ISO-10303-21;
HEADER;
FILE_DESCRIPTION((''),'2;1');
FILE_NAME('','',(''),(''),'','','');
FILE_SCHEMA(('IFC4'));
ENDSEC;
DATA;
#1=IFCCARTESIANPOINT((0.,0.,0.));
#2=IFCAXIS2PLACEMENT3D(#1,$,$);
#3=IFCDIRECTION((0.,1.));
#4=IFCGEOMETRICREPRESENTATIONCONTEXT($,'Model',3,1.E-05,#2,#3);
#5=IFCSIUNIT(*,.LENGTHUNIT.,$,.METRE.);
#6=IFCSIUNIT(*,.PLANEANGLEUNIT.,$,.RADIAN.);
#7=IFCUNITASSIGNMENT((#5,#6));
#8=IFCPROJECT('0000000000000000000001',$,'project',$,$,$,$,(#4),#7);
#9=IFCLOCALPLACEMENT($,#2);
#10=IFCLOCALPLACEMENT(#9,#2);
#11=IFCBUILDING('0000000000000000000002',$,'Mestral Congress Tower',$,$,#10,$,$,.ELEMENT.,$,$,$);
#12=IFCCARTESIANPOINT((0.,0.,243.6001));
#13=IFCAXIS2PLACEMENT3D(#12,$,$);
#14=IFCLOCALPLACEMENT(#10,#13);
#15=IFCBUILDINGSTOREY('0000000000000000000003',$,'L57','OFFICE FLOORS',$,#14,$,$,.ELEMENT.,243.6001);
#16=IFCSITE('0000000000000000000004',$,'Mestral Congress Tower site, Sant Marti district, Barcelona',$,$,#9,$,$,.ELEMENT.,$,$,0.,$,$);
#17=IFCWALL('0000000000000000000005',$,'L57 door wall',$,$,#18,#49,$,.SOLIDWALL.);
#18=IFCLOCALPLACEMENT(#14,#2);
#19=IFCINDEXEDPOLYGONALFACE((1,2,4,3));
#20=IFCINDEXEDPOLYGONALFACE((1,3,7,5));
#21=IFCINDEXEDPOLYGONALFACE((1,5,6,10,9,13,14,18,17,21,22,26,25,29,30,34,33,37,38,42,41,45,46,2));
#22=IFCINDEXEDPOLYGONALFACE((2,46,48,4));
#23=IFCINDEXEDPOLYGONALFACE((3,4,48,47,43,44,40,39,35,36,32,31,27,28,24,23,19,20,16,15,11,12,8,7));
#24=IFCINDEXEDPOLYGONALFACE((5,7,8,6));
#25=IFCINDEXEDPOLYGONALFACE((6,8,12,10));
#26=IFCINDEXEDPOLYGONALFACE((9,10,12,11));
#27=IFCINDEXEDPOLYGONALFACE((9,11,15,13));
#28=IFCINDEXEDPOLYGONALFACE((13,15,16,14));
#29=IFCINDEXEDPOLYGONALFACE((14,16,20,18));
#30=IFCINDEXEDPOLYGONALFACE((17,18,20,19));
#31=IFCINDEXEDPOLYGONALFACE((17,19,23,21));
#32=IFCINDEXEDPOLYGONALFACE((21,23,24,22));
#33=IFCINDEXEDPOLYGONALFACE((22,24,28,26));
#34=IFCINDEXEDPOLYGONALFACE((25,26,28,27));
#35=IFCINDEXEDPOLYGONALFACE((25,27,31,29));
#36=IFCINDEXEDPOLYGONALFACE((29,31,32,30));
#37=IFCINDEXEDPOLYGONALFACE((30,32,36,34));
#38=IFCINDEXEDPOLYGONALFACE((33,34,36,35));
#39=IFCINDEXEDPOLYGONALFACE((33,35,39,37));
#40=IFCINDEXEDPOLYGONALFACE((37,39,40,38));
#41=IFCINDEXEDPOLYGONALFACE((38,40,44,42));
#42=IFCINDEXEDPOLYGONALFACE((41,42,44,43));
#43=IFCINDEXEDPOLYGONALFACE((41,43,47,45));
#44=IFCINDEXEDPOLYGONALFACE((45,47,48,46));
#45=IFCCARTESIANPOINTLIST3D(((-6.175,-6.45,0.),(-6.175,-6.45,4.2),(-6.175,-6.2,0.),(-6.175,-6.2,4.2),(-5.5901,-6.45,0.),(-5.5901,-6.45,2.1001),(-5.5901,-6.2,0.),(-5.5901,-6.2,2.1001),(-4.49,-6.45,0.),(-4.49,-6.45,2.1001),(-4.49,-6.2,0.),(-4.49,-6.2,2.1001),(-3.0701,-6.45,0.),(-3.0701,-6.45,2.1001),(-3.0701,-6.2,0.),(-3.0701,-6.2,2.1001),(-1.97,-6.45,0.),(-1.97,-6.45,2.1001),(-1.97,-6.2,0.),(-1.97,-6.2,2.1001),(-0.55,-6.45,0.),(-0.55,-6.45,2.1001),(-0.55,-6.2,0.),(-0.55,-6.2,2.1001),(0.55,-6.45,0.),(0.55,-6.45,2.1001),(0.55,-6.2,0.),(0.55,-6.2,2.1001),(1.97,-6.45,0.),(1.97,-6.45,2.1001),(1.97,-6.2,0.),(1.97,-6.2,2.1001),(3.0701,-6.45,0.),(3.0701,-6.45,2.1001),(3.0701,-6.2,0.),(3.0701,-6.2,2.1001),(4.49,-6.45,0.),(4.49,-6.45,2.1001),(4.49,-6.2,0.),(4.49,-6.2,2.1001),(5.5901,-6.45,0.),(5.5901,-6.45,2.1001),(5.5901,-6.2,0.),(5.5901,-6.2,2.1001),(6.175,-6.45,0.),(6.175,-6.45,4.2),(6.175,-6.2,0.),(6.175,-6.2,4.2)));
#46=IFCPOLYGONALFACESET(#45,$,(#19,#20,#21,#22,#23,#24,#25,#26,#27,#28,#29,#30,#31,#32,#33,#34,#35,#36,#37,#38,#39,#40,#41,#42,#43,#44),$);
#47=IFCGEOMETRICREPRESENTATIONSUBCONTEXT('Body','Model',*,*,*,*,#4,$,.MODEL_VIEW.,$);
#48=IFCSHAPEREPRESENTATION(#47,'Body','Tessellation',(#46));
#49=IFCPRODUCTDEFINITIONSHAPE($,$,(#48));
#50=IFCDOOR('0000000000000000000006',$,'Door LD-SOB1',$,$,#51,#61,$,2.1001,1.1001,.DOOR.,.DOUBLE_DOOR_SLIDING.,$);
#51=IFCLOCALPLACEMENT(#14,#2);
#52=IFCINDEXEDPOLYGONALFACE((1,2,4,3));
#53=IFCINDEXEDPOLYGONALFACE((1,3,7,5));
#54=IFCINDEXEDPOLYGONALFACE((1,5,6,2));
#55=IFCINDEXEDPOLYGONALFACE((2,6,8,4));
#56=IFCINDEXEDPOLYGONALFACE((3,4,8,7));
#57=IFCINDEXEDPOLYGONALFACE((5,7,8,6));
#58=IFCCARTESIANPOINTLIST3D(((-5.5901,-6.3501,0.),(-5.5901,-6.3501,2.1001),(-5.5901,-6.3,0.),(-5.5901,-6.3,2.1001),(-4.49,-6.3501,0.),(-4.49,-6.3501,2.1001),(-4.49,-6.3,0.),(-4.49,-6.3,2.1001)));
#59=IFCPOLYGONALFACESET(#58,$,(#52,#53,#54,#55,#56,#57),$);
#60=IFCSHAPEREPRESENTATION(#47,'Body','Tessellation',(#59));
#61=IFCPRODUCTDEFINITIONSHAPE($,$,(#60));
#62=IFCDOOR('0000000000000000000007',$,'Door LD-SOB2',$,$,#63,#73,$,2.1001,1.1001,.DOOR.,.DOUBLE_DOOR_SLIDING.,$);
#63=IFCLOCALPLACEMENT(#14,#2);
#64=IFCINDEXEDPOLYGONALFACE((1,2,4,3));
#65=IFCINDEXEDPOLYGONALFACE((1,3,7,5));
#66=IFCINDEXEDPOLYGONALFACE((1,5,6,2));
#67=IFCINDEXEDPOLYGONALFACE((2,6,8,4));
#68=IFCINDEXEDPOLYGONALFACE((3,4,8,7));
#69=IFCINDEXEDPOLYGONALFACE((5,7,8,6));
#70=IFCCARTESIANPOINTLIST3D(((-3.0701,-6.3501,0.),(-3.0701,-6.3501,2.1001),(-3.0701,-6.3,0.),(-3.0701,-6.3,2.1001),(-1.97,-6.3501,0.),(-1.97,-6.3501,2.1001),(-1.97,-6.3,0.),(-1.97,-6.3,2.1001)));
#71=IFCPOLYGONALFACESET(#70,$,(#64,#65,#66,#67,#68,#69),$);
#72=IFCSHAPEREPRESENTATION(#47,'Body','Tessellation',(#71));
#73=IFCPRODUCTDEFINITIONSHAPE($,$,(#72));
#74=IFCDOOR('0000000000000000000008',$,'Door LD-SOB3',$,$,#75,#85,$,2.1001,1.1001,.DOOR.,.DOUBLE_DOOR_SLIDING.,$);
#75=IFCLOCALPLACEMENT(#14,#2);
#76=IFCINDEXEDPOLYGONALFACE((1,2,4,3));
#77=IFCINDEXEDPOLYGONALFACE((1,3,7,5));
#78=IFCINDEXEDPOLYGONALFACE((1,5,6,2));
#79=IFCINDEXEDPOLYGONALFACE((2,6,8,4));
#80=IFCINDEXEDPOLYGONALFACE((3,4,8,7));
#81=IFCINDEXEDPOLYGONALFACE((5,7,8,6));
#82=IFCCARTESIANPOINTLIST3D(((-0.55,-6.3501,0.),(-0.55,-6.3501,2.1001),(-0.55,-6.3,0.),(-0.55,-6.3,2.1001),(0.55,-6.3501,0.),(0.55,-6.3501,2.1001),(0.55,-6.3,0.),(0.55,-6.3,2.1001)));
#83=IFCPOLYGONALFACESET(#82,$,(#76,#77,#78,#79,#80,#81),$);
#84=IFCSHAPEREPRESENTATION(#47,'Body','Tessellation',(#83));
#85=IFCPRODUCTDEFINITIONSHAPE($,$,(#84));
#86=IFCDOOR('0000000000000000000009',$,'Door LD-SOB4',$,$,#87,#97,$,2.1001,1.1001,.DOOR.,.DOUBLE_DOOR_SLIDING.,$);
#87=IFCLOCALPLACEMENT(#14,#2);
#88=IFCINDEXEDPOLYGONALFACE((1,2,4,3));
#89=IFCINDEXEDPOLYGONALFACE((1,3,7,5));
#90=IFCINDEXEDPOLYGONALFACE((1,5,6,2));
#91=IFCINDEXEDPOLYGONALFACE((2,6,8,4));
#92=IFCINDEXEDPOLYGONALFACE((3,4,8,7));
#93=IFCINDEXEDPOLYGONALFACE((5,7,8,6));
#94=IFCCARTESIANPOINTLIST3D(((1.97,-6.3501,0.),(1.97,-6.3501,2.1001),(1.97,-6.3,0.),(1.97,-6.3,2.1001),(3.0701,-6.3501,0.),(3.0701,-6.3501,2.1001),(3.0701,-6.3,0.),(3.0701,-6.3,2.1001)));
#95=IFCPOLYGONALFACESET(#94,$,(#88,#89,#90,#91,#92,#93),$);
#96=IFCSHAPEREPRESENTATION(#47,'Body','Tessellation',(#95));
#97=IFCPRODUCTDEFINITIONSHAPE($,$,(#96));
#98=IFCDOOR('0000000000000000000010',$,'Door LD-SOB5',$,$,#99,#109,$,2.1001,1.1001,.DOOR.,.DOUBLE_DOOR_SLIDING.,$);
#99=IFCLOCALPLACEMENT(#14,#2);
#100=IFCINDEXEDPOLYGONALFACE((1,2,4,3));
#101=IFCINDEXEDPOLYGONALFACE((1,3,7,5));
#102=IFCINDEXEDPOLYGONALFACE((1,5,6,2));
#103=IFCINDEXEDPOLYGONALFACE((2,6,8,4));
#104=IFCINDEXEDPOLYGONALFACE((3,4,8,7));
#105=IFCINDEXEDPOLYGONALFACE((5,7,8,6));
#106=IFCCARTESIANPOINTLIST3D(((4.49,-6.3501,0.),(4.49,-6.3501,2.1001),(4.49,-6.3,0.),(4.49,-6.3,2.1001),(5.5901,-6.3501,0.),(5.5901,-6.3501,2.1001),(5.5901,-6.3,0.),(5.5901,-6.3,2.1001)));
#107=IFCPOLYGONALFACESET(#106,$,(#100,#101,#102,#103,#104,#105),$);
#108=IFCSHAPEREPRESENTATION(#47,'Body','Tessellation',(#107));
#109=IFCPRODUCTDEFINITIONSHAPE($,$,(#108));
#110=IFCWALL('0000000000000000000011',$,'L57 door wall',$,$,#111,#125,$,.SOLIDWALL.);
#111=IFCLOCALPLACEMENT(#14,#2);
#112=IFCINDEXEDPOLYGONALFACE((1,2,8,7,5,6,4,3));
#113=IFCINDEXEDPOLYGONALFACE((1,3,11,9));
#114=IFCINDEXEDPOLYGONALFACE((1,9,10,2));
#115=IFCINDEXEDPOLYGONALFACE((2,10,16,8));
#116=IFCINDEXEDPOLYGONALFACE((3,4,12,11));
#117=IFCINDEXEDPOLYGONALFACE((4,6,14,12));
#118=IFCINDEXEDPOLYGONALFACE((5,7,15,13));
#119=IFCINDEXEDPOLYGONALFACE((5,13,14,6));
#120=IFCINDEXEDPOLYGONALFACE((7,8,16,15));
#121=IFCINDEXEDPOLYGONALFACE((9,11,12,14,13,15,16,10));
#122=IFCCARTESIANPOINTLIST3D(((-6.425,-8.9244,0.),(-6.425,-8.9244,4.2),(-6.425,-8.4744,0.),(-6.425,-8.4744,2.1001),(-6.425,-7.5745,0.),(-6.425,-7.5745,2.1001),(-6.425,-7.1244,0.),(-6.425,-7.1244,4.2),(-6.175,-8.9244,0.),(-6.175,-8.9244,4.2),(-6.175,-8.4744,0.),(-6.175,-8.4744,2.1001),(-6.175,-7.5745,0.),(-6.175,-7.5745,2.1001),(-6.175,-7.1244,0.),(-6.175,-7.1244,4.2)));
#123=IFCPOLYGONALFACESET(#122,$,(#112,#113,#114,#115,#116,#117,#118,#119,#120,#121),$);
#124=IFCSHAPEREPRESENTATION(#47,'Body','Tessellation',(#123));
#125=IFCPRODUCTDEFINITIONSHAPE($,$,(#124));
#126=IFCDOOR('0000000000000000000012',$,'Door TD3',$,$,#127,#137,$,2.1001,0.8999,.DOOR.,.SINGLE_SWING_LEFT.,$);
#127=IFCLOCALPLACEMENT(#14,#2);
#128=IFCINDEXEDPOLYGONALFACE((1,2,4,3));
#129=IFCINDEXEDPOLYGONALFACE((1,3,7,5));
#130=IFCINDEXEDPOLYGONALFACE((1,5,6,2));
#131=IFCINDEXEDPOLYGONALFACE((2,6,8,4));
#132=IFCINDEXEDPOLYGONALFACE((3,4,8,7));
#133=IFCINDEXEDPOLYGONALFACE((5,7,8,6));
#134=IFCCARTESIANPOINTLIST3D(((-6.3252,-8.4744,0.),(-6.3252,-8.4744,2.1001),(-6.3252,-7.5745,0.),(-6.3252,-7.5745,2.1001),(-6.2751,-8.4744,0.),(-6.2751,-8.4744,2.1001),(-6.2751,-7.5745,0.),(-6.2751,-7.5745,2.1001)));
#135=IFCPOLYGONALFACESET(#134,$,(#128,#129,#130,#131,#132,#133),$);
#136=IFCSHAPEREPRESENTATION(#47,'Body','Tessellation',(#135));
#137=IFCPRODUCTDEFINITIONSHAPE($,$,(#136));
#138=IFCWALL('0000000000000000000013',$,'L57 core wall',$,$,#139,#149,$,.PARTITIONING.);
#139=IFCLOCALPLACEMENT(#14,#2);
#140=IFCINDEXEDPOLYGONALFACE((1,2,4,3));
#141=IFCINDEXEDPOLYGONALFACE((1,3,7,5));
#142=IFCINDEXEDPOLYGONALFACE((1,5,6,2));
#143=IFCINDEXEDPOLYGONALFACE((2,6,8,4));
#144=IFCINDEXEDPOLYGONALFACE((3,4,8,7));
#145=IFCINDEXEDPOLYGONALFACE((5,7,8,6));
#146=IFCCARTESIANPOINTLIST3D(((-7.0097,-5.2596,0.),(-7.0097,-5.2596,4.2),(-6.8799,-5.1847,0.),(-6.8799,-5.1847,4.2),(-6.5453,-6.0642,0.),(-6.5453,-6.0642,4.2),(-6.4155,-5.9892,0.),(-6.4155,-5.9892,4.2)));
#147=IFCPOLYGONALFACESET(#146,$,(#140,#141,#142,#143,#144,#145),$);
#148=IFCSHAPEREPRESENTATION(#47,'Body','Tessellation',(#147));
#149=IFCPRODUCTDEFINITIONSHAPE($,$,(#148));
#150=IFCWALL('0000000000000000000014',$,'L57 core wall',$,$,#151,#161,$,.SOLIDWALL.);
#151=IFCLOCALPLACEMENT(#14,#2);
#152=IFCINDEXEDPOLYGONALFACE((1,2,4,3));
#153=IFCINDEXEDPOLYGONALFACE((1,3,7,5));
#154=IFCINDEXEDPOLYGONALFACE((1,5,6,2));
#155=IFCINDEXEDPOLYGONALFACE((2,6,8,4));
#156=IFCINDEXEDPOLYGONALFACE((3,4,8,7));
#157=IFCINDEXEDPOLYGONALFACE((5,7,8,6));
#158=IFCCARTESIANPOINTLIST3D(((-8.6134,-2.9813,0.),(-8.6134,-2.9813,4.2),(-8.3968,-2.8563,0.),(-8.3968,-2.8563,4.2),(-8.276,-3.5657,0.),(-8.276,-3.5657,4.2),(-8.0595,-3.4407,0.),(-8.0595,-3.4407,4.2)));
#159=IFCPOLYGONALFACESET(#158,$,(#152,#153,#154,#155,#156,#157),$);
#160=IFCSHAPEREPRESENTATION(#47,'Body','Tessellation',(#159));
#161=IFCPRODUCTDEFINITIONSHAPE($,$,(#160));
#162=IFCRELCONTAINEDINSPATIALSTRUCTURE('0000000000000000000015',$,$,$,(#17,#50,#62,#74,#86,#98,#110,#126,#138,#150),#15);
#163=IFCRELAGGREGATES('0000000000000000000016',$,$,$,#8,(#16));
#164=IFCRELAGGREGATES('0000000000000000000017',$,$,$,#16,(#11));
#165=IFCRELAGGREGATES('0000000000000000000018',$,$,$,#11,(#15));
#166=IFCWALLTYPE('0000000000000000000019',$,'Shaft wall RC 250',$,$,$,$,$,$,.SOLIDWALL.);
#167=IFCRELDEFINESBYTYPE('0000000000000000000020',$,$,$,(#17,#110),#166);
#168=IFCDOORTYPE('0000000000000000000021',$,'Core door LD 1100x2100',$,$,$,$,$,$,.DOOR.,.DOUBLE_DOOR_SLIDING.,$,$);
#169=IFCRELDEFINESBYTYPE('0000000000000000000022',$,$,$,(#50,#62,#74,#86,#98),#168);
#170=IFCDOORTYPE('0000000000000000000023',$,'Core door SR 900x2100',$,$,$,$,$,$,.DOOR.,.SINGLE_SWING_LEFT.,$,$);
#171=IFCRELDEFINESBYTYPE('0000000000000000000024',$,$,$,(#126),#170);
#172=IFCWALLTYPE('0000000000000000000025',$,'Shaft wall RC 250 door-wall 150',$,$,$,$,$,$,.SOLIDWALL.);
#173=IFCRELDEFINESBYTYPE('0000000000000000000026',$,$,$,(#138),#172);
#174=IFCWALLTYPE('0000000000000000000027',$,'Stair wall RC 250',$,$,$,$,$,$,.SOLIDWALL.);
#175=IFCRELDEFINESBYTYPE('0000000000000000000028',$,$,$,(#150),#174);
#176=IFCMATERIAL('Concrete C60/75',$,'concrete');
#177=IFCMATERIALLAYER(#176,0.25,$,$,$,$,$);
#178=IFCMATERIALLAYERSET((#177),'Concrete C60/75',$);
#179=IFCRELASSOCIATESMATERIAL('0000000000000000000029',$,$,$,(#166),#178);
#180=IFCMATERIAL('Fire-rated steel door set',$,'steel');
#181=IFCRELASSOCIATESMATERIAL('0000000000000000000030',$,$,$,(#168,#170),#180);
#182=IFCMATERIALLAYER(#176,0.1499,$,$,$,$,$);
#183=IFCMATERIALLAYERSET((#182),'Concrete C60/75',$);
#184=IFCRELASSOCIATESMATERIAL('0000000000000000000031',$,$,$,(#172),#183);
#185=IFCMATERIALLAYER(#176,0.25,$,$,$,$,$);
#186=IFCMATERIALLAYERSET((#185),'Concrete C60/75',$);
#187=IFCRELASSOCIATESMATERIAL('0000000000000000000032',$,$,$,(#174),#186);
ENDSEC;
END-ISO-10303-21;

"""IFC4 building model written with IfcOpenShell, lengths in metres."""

from ifc_helpers import new_model, si_unit, direction, frame, frame_2d, origin, place, context, subcontext, project, spatial, rectangle, extrude, material, layer, layer_set, type_object, element, fill, save


model = new_model("IFC4")

# Units and contexts
model_context = context("Model", 3, precision=1e-05, world=origin(), true_north=direction((0.0, 1.0)))
body_context = subcontext(model_context, "Body", "Model", "MODEL_VIEW")
ifc_project = project(units=[si_unit("LENGTHUNIT", "METRE"), si_unit("PLANEANGLEUNIT", "RADIAN")], contexts=[model_context])

# Site, building, storey
site_placement = place(None, origin())
site = spatial("IfcSite", under=ifc_project, at=site_placement, Name="Mestral Congress Tower site, Sant Marti district, Barcelona", CompositionType="ELEMENT", RefElevation=0.0)
building_placement = place(site_placement, origin())
building = spatial("IfcBuilding", under=site, at=building_placement, Name="Mestral Congress Tower", CompositionType="ELEMENT")
storey_placement = place(building_placement, frame((0.0, 0.0, 243.6001)))
storey = spatial("IfcBuildingStorey", under=building, at=storey_placement, Name="L57", Description="OFFICE FLOORS", CompositionType="ELEMENT", Elevation=243.6001)

# Shared definitions
ifc_material_1 = material(Name="Fire-rated steel door set", Category="steel")

# Shared definitions
ifc_material_2 = material(Name="Concrete C60/75", Category="concrete")
ifc_layer_1 = layer(ifc_material_2, 0.25)
ifc_layer_set_1 = layer_set([ifc_layer_1], Name="Concrete C60/75")
wall_type_1 = type_object("IfcWallType", Name="Shaft wall RC 250", PredefinedType="SOLIDWALL", material=ifc_layer_set_1)

# Wall, openings, doors
wall_1_placement = place(storey_placement, frame((-6.175, -6.325, 0.0), z_axis=(0.0, 0.0, 1.0), x_axis=(1.0, 0.0, 0.0)))
wall_1 = element("IfcWall", 1, at=wall_1_placement, inside=storey, type_object=wall_type_1, Name="L57 door wall", PredefinedType="SOLIDWALL", context=body_context, shape_type="SweptSolid", body=[
    extrude(rectangle(XDim=12.3501, YDim=0.25, at=frame_2d((6.175, 0.0))), origin(), (0.0, 0.0, 1.0), 4.2),
])
opening_1_placement = place(wall_1_placement, frame((0.585, 0.0, 0.0)))
opening_1 = element("IfcOpeningElement", 2, at=opening_1_placement, cuts=wall_1, PredefinedType="OPENING", context=body_context, shape_type="SweptSolid", body=[
    extrude(rectangle(XDim=1.1001, YDim=2.1001, at=frame_2d((0.55, 1.05))), frame((0.0, 0.135, 0.0), z_axis=(0.0, -1.0, 0.0), x_axis=(1.0, 0.0, 0.0)), (0.0, 0.0, 1.0), 0.27),
])
opening_2_placement = place(wall_1_placement, frame((3.105, 0.0, 0.0)))
opening_2 = element("IfcOpeningElement", 3, at=opening_2_placement, cuts=wall_1, PredefinedType="OPENING", context=body_context, shape_type="SweptSolid", body=[
    extrude(rectangle(XDim=1.1001, YDim=2.1001, at=frame_2d((0.55, 1.05))), frame((0.0, 0.135, 0.0), z_axis=(0.0, -1.0, 0.0), x_axis=(1.0, 0.0, 0.0)), (0.0, 0.0, 1.0), 0.27),
])
opening_3_placement = place(wall_1_placement, frame((5.625, 0.0, 0.0)))
opening_3 = element("IfcOpeningElement", 4, at=opening_3_placement, cuts=wall_1, PredefinedType="OPENING", context=body_context, shape_type="SweptSolid", body=[
    extrude(rectangle(XDim=1.1001, YDim=2.1001, at=frame_2d((0.55, 1.05))), frame((0.0, 0.135, 0.0), z_axis=(0.0, -1.0, 0.0), x_axis=(1.0, 0.0, 0.0)), (0.0, 0.0, 1.0), 0.27),
])
opening_4_placement = place(wall_1_placement, frame((8.145, 0.0, 0.0)))
opening_4 = element("IfcOpeningElement", 5, at=opening_4_placement, cuts=wall_1, PredefinedType="OPENING", context=body_context, shape_type="SweptSolid", body=[
    extrude(rectangle(XDim=1.1001, YDim=2.1001, at=frame_2d((0.55, 1.05))), frame((0.0, 0.135, 0.0), z_axis=(0.0, -1.0, 0.0), x_axis=(1.0, 0.0, 0.0)), (0.0, 0.0, 1.0), 0.27),
])
opening_5_placement = place(wall_1_placement, frame((10.665, 0.0, 0.0)))
opening_5 = element("IfcOpeningElement", 6, at=opening_5_placement, cuts=wall_1, PredefinedType="OPENING", context=body_context, shape_type="SweptSolid", body=[
    extrude(rectangle(XDim=1.1001, YDim=2.1001, at=frame_2d((0.55, 1.05))), frame((0.0, 0.135, 0.0), z_axis=(0.0, -1.0, 0.0), x_axis=(1.0, 0.0, 0.0)), (0.0, 0.0, 1.0), 0.27),
])
door_type_1 = type_object("IfcDoorType", Name="Core door LD 1100x2100", OperationType="DOUBLE_DOOR_SLIDING", PredefinedType="DOOR", material=ifc_material_1)
door_1_placement = place(opening_1_placement, origin())
door_1 = element("IfcDoor", 7, at=door_1_placement, inside=storey, type_object=door_type_1, Name="Door LD-SOB1", OperationType="DOUBLE_DOOR_SLIDING", OverallHeight=2.1001, OverallWidth=1.1001, PredefinedType="DOOR", context=body_context, shape_type="SweptSolid", body=[
    extrude(rectangle(XDim=1.1001, YDim=2.1001, at=frame_2d((0.55, 1.05))), frame((0.0, 0.0249, 0.0), z_axis=(0.0, -1.0, 0.0), x_axis=(1.0, 0.0, 0.0)), (0.0, 0.0, 1.0), 0.05),
])
fill(opening_1, door_1)
door_2_placement = place(opening_2_placement, origin())
door_2 = element("IfcDoor", 8, at=door_2_placement, inside=storey, type_object=door_type_1, Name="Door LD-SOB2", OperationType="DOUBLE_DOOR_SLIDING", OverallHeight=2.1001, OverallWidth=1.1001, PredefinedType="DOOR", context=body_context, shape_type="SweptSolid", body=[
    extrude(rectangle(XDim=1.1001, YDim=2.1001, at=frame_2d((0.55, 1.05))), frame((0.0, 0.0249, 0.0), z_axis=(0.0, -1.0, 0.0), x_axis=(1.0, 0.0, 0.0)), (0.0, 0.0, 1.0), 0.05),
])
fill(opening_2, door_2)
door_3_placement = place(opening_3_placement, origin())
door_3 = element("IfcDoor", 9, at=door_3_placement, inside=storey, type_object=door_type_1, Name="Door LD-SOB3", OperationType="DOUBLE_DOOR_SLIDING", OverallHeight=2.1001, OverallWidth=1.1001, PredefinedType="DOOR", context=body_context, shape_type="SweptSolid", body=[
    extrude(rectangle(XDim=1.1001, YDim=2.1001, at=frame_2d((0.55, 1.05))), frame((0.0, 0.0249, 0.0), z_axis=(0.0, -1.0, 0.0), x_axis=(1.0, 0.0, 0.0)), (0.0, 0.0, 1.0), 0.05),
])
fill(opening_3, door_3)
door_4_placement = place(opening_4_placement, origin())
door_4 = element("IfcDoor", 10, at=door_4_placement, inside=storey, type_object=door_type_1, Name="Door LD-SOB4", OperationType="DOUBLE_DOOR_SLIDING", OverallHeight=2.1001, OverallWidth=1.1001, PredefinedType="DOOR", context=body_context, shape_type="SweptSolid", body=[
    extrude(rectangle(XDim=1.1001, YDim=2.1001, at=frame_2d((0.55, 1.05))), frame((0.0, 0.0249, 0.0), z_axis=(0.0, -1.0, 0.0), x_axis=(1.0, 0.0, 0.0)), (0.0, 0.0, 1.0), 0.05),
])
fill(opening_4, door_4)
door_5_placement = place(opening_5_placement, origin())
door_5 = element("IfcDoor", 11, at=door_5_placement, inside=storey, type_object=door_type_1, Name="Door LD-SOB5", OperationType="DOUBLE_DOOR_SLIDING", OverallHeight=2.1001, OverallWidth=1.1001, PredefinedType="DOOR", context=body_context, shape_type="SweptSolid", body=[
    extrude(rectangle(XDim=1.1001, YDim=2.1001, at=frame_2d((0.55, 1.05))), frame((0.0, 0.0249, 0.0), z_axis=(0.0, -1.0, 0.0), x_axis=(1.0, 0.0, 0.0)), (0.0, 0.0, 1.0), 0.05),
])
fill(opening_5, door_5)

# Wall, opening, door
wall_2_placement = place(storey_placement, frame((-6.3, -7.1245, 0.0), z_axis=(0.0, 0.0, 1.0), x_axis=(0.0, -1.0, 0.0)))
wall_2 = element("IfcWall", 12, at=wall_2_placement, inside=storey, type_object=wall_type_1, Name="L57 door wall", PredefinedType="SOLIDWALL", context=body_context, shape_type="SweptSolid", body=[
    extrude(rectangle(XDim=1.8, YDim=0.25, at=frame_2d((0.8999, 0.0))), origin(), (0.0, 0.0, 1.0), 4.2),
])
opening_6_placement = place(wall_2_placement, frame((0.45, 0.0, 0.0)))
opening_6 = element("IfcOpeningElement", 13, at=opening_6_placement, cuts=wall_2, PredefinedType="OPENING", context=body_context, shape_type="SweptSolid", body=[
    extrude(rectangle(XDim=0.8999, YDim=2.1001, at=frame_2d((0.45, 1.05))), frame((0.0, 0.135, 0.0), z_axis=(0.0, -1.0, 0.0), x_axis=(1.0, 0.0, 0.0)), (0.0, 0.0, 1.0), 0.27),
])
door_type_2 = type_object("IfcDoorType", Name="Core door SR 900x2100", OperationType="SINGLE_SWING_LEFT", PredefinedType="DOOR", material=ifc_material_1)
door_6_placement = place(opening_6_placement, origin())
door_6 = element("IfcDoor", 14, at=door_6_placement, inside=storey, type_object=door_type_2, Name="Door TD3", OperationType="SINGLE_SWING_LEFT", OverallHeight=2.1001, OverallWidth=0.8999, PredefinedType="DOOR", context=body_context, shape_type="SweptSolid", body=[
    extrude(rectangle(XDim=0.8999, YDim=2.1001, at=frame_2d((0.45, 1.05))), frame((0.0, 0.0249, 0.0), z_axis=(0.0, -1.0, 0.0), x_axis=(1.0, 0.0, 0.0)), (0.0, 0.0, 1.0), 0.05),
])
fill(opening_6, door_6)

# Walls
ifc_layer_2 = layer(ifc_material_2, 0.1499)
ifc_layer_set_2 = layer_set([ifc_layer_2], Name="Concrete C60/75")
wall_type_2 = type_object("IfcWallType", Name="Shaft wall RC 250 door-wall 150", PredefinedType="SOLIDWALL", material=ifc_layer_set_2)
wall_3_placement = place(storey_placement, frame((-6.4805, -6.0266, 0.0), z_axis=(0.0, 0.0, 1.0), x_axis=(-0.499927, 0.866067, 0.0)))
element("IfcWall", 15, at=wall_3_placement, inside=storey, type_object=wall_type_2, Name="L57 core wall", PredefinedType="PARTITIONING", context=body_context, shape_type="SweptSolid", body=[
    extrude(rectangle(XDim=0.929, YDim=0.1499, at=frame_2d((0.4644, 0.0))), origin(), (0.0, 0.0, 1.0), 4.2),
])
ifc_layer_3 = layer(ifc_material_2, 0.25)
ifc_layer_set_3 = layer_set([ifc_layer_3], Name="Concrete C60/75")
wall_type_3 = type_object("IfcWallType", Name="Stair wall RC 250", PredefinedType="SOLIDWALL", material=ifc_layer_set_3)
wall_4_placement = place(storey_placement, frame((-8.1677, -3.5032, 0.0), z_axis=(0.0, 0.0, 1.0), x_axis=(-0.499952, 0.866053, 0.0)))
element("IfcWall", 16, at=wall_4_placement, inside=storey, type_object=wall_type_3, Name="L57 core wall", PredefinedType="SOLIDWALL", context=body_context, shape_type="SweptSolid", body=[
    extrude(rectangle(XDim=0.6748, YDim=0.25, at=frame_2d((0.3374, 0.0))), origin(), (0.0, 0.0, 1.0), 4.2),
])

save(model, "model.ifc")
